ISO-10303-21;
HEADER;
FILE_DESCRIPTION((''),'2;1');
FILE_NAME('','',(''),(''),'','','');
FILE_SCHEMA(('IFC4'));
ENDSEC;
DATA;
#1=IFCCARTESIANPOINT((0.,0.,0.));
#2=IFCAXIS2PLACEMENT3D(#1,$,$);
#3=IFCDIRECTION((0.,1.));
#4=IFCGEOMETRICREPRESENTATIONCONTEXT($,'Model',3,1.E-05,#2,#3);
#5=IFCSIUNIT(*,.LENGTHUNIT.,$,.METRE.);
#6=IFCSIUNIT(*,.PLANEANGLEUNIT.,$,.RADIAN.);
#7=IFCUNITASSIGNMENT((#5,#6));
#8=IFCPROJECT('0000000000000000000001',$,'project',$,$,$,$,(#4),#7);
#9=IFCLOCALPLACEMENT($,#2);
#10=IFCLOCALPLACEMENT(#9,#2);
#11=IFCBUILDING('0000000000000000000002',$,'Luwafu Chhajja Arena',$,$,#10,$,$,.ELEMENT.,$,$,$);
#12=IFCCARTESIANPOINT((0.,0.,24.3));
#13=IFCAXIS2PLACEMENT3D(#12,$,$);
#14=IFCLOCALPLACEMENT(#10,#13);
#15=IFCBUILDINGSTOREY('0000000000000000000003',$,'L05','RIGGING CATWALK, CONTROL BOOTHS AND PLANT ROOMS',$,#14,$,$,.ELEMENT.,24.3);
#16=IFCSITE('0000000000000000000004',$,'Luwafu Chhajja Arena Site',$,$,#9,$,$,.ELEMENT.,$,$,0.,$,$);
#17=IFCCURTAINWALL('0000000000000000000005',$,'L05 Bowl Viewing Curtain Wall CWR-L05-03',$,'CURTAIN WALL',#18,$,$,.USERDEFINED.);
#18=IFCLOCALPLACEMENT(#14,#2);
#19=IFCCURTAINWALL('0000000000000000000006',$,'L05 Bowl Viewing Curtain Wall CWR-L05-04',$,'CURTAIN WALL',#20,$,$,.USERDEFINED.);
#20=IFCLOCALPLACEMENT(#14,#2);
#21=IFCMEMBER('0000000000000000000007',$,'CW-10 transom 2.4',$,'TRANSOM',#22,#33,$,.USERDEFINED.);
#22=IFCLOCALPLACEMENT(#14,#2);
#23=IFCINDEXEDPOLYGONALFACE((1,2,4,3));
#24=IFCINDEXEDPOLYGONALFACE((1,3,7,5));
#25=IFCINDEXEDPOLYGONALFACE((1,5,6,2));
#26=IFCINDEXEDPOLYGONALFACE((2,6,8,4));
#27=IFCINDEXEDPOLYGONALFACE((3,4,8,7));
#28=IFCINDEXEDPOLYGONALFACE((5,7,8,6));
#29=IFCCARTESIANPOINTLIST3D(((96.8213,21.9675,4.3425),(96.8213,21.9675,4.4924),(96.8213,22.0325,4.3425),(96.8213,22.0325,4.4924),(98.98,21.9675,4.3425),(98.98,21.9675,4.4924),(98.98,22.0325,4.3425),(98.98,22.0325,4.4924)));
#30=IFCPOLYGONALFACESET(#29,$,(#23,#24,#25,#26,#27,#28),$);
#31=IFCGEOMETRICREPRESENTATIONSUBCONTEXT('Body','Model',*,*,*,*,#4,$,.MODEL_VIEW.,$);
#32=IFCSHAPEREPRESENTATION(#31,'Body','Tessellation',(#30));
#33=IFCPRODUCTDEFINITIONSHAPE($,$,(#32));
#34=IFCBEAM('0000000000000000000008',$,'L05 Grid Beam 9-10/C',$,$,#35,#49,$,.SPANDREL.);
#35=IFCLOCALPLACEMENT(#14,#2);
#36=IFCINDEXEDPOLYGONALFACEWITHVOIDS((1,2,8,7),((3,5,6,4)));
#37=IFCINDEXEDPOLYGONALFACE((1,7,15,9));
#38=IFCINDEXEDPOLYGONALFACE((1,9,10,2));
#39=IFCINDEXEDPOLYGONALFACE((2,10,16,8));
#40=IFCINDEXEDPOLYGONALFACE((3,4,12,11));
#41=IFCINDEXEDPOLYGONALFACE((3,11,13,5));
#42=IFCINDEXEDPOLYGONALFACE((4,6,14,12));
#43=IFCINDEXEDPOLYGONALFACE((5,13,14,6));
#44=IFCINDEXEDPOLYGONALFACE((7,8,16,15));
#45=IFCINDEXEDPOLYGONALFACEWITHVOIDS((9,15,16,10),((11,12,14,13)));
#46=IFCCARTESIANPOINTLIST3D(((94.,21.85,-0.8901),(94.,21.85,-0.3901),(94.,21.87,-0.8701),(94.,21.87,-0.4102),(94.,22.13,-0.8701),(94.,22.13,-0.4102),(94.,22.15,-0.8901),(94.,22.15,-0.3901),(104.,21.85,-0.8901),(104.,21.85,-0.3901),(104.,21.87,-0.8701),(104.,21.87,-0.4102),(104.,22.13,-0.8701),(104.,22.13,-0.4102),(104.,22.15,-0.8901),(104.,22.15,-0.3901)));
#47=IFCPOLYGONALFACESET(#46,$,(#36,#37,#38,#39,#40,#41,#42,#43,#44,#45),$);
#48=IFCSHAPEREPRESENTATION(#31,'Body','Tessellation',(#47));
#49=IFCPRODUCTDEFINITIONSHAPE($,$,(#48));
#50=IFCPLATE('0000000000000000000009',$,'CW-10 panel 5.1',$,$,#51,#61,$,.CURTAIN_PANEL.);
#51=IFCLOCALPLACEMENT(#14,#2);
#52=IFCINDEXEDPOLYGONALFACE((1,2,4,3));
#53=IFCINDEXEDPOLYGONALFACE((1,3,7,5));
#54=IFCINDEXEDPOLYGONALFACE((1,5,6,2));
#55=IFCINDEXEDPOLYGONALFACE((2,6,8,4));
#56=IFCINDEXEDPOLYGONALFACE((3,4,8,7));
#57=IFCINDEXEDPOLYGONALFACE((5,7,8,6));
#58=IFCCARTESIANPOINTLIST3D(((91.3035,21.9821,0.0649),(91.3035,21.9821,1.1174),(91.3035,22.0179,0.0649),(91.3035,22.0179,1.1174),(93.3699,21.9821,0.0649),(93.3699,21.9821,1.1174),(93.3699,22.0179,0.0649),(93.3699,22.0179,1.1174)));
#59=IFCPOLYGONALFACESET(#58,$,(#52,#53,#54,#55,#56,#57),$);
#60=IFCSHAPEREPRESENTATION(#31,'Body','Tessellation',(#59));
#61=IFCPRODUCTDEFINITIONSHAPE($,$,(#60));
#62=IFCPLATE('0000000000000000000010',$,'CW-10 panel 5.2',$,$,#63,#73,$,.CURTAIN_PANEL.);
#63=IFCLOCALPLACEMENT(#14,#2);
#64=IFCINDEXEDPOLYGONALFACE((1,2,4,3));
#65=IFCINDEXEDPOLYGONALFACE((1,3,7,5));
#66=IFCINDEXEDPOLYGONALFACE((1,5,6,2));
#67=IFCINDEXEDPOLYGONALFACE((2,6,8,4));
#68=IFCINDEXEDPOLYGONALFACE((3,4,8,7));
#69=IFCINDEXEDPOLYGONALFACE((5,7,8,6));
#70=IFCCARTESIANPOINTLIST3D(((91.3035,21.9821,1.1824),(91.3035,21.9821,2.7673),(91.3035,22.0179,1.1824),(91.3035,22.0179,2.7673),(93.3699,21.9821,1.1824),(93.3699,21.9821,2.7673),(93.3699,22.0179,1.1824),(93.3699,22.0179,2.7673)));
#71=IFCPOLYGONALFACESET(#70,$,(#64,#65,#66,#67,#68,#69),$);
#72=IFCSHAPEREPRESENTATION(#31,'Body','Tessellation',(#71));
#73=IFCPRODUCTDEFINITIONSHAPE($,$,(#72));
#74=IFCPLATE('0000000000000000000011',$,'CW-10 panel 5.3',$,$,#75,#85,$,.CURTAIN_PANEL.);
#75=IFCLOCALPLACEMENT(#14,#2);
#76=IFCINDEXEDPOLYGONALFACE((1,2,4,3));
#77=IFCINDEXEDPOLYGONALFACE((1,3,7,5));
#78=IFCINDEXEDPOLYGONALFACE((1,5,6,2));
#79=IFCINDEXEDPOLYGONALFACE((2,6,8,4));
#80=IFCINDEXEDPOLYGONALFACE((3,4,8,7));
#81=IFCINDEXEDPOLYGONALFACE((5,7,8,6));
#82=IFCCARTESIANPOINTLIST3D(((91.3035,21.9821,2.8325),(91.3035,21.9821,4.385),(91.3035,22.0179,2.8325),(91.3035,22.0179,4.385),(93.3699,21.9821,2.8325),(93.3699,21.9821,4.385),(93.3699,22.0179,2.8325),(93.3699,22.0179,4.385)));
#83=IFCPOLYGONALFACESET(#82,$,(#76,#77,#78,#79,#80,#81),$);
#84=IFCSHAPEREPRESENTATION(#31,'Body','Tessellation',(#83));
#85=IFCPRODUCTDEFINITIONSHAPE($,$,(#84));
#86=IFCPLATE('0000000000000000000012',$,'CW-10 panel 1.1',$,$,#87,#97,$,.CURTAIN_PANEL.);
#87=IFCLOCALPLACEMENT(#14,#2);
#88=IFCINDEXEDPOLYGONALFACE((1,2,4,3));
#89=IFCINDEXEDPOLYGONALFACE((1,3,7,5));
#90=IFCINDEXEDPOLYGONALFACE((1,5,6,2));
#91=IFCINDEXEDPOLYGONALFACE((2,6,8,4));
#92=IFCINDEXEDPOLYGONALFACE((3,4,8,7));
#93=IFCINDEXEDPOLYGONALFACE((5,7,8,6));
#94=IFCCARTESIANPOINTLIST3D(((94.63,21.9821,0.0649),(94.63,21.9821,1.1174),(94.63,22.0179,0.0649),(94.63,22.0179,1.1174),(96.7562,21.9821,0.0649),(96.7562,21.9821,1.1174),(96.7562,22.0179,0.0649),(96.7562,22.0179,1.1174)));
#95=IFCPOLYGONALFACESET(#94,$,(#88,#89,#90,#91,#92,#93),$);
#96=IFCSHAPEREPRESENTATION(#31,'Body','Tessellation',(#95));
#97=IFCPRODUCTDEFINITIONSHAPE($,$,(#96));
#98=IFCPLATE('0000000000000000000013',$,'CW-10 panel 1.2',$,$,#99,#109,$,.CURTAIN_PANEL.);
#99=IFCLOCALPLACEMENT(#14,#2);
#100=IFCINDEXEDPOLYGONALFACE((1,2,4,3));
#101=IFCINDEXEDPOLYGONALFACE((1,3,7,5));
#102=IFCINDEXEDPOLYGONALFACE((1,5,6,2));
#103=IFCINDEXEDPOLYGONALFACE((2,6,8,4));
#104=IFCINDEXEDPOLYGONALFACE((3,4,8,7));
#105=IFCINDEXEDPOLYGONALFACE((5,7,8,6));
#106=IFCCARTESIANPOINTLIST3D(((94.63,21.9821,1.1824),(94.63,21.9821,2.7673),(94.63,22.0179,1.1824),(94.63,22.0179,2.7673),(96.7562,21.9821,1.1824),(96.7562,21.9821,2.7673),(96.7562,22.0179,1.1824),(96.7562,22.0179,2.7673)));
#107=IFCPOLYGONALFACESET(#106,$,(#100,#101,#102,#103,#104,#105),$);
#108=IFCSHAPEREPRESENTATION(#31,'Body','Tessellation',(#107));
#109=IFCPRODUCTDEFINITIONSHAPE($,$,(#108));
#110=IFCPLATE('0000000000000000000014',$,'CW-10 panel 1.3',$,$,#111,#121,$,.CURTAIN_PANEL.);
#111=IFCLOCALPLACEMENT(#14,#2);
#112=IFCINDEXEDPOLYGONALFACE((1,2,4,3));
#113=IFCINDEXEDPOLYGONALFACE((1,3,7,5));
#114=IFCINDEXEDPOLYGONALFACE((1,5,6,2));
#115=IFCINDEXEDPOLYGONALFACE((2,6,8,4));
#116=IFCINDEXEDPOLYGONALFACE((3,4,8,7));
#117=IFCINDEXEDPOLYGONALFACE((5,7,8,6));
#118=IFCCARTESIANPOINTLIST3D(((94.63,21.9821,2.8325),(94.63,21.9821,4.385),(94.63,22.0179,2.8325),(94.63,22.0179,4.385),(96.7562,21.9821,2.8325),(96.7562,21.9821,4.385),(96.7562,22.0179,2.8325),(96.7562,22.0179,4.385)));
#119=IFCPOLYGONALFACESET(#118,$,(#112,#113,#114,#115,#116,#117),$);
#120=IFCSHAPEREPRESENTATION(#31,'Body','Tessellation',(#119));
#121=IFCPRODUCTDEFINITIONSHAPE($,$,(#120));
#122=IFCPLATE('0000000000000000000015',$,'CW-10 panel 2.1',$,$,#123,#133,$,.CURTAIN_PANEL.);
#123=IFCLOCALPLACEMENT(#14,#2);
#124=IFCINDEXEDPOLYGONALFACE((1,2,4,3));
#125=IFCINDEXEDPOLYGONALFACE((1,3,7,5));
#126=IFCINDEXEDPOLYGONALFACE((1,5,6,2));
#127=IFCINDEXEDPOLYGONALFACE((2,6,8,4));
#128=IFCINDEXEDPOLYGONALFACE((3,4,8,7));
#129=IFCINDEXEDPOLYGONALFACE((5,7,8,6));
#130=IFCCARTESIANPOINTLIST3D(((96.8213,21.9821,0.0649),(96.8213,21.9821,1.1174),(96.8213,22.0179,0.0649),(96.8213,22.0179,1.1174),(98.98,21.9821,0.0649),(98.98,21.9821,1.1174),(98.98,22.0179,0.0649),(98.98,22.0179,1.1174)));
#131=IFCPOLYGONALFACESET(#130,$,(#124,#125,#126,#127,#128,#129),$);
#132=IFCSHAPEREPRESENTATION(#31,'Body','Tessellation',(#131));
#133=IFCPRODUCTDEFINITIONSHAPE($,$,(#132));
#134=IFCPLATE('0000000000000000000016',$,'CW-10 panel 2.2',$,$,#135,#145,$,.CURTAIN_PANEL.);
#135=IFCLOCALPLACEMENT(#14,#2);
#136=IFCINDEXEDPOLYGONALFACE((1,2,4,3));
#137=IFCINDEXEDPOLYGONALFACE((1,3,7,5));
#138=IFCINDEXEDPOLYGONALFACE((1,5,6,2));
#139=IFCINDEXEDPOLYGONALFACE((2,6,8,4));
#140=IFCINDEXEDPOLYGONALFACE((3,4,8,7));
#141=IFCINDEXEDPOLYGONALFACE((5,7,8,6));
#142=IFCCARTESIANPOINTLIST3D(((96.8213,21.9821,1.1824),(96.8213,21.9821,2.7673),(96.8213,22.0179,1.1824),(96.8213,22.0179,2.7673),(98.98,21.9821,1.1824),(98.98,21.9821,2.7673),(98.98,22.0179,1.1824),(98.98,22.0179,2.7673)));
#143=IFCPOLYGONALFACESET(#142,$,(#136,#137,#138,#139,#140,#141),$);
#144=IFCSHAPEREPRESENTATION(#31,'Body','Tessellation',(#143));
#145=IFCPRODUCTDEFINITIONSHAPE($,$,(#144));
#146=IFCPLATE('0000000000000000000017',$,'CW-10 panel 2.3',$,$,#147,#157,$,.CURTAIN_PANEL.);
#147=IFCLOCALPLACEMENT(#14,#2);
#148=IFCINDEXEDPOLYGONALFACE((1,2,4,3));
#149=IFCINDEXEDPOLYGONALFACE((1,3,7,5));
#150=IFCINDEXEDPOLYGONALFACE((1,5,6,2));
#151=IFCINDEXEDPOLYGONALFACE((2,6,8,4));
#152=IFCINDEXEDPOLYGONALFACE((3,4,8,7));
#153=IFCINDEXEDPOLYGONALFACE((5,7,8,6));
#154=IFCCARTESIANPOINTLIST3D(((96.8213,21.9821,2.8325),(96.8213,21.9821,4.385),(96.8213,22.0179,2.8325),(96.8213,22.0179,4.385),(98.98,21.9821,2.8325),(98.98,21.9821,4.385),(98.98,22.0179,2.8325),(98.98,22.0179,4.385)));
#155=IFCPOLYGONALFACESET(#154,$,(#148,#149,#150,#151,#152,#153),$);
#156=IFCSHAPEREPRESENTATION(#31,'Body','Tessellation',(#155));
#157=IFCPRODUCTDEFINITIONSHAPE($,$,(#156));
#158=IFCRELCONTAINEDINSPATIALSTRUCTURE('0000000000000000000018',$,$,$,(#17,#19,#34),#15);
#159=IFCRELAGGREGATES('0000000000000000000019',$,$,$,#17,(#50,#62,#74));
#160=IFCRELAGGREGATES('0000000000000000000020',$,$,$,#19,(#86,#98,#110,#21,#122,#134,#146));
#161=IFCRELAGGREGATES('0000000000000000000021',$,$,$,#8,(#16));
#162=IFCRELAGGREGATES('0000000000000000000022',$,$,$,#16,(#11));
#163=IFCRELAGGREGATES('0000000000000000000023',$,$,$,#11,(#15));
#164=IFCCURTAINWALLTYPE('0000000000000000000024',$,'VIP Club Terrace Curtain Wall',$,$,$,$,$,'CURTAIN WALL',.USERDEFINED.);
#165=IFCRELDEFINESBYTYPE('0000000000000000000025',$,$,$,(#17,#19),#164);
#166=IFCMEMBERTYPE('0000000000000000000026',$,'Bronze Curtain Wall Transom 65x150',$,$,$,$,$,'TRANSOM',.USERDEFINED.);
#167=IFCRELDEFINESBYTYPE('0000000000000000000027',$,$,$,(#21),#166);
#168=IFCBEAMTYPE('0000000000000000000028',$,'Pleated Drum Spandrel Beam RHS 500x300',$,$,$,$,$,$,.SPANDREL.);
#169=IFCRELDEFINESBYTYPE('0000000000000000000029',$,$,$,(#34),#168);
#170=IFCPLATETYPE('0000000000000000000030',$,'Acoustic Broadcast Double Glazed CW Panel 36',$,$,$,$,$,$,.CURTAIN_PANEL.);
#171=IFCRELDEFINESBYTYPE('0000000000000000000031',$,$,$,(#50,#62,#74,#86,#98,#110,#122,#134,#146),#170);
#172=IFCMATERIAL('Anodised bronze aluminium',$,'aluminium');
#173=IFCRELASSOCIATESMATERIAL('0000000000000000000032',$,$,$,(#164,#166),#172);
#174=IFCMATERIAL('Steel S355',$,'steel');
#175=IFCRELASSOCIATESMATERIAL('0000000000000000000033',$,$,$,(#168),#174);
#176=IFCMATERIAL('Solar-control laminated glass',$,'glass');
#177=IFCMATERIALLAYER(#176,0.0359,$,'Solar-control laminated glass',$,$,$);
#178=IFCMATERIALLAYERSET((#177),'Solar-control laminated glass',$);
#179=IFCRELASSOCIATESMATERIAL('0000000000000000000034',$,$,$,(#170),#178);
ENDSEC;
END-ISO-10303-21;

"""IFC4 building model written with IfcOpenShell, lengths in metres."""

from ifc_helpers import new_model, si_unit, direction, frame, origin, origin_2d, place, context, subcontext, project, spatial, rectangle, hollow_rectangle, extrude, material, layer, layer_set, material_profile, profile_set, type_object, element, aggregate, save


model = new_model("IFC4")

# Units and contexts
model_context = context("Model", 3, precision=1e-05, world=origin(), true_north=direction((0.0, 1.0)))
body_context = subcontext(model_context, "Body", "Model", "MODEL_VIEW")
ifc_project = project(units=[si_unit("LENGTHUNIT", "METRE"), si_unit("PLANEANGLEUNIT", "RADIAN")], contexts=[model_context])

# Site, building, storey
site_placement = place(None, origin())
site = spatial("IfcSite", under=ifc_project, at=site_placement, Name="Luwafu Chhajja Arena Site", CompositionType="ELEMENT", RefElevation=0.0)
building_placement = place(site_placement, origin())
building = spatial("IfcBuilding", under=site, at=building_placement, Name="Luwafu Chhajja Arena", CompositionType="ELEMENT")
storey_placement = place(building_placement, frame((0.0, 0.0, 24.3)))
storey = spatial("IfcBuildingStorey", under=building, at=storey_placement, Name="L05", Description="RIGGING CATWALK, CONTROL BOOTHS AND PLANT ROOMS", CompositionType="ELEMENT", Elevation=24.3)

# Curtain wall
ifc_material_1 = material(Name="Anodised bronze aluminium", Category="aluminium")
curtain_wall_type = type_object("IfcCurtainWallType", Name="VIP Club Terrace Curtain Wall", ElementType="CURTAIN WALL", PredefinedType="USERDEFINED", material=ifc_material_1)
curtain_wall_1_placement = place(storey_placement, origin())
curtain_wall_1 = element("IfcCurtainWall", 1, at=curtain_wall_1_placement, inside=storey, type_object=curtain_wall_type, Name="L05 Bowl Viewing Curtain Wall CWR-L05-03", ObjectType="CURTAIN WALL", PredefinedType="USERDEFINED")

# Curtain wall
curtain_wall_2_placement = place(storey_placement, origin())
curtain_wall_2 = element("IfcCurtainWall", 2, at=curtain_wall_2_placement, inside=storey, type_object=curtain_wall_type, Name="L05 Bowl Viewing Curtain Wall CWR-L05-04", ObjectType="CURTAIN WALL", PredefinedType="USERDEFINED")

# Member
ifc_material_profile_1 = material_profile(ifc_material_1, rectangle(XDim=0.0649, YDim=0.1499, at=origin_2d()), Name="CWT 65x150")
ifc_profile_set_1 = profile_set([ifc_material_profile_1], Name="Anodised bronze aluminium")
member_type_1 = type_object("IfcMemberType", Name="Bronze Curtain Wall Transom 65x150", ElementType="TRANSOM", PredefinedType="USERDEFINED", material=ifc_profile_set_1)
member_1_placement = place(storey_placement, frame((96.8213, 22.0, 4.4175), z_axis=(1.0, 0.0, 0.0), x_axis=(0.0, 1.0, 0.0)))
member_1 = element("IfcMember", 3, at=member_1_placement, type_object=member_type_1, Name="CW-10 transom 2.4", ObjectType="TRANSOM", PredefinedType="USERDEFINED", context=body_context, shape_type="SweptSolid", body=[
    extrude(rectangle(XDim=0.0649, YDim=0.1499, at=origin_2d()), origin(), (0.0, 0.0, 1.0), 2.1587),
])

# Beam
ifc_material_2 = material(Name="Steel S355", Category="steel")
ifc_material_profile_2 = material_profile(ifc_material_2, hollow_rectangle(XDim=0.3, YDim=0.5, WallThickness=0.02, at=origin_2d()), Name="RHS 500x300x20")
ifc_profile_set_2 = profile_set([ifc_material_profile_2], Name="Steel S355")
beam_type = type_object("IfcBeamType", Name="Pleated Drum Spandrel Beam RHS 500x300", PredefinedType="SPANDREL", material=ifc_profile_set_2)
beam_placement = place(storey_placement, frame((94.0, 22.0, -0.6401), z_axis=(1.0, 0.0, 0.0), x_axis=(0.0, 1.0, 0.0)))
element("IfcBeam", 4, at=beam_placement, inside=storey, type_object=beam_type, Name="L05 Grid Beam 9-10/C", PredefinedType="SPANDREL", context=body_context, shape_type="SweptSolid", body=[
    extrude(hollow_rectangle(XDim=0.3, YDim=0.5, WallThickness=0.02, at=origin_2d()), origin(), (0.0, 0.0, 1.0), 10.0),
])

# Plates
ifc_material_3 = material(Name="Solar-control laminated glass", Category="glass")
ifc_layer = layer(ifc_material_3, 0.0359, Name="Solar-control laminated glass")
ifc_layer_set = layer_set([ifc_layer], Name="Solar-control laminated glass")
plate_type = type_object("IfcPlateType", Name="Acoustic Broadcast Double Glazed CW Panel 36", PredefinedType="CURTAIN_PANEL", material=ifc_layer_set)
plate_1_placement = place(storey_placement, frame((92.3367, 22.0, 0.0649), z_axis=(0.0, 0.0, 1.0), x_axis=(1.0, 0.0, 0.0)))
plate_1 = element("IfcPlate", 5, at=plate_1_placement, type_object=plate_type, Name="CW-10 panel 5.1", PredefinedType="CURTAIN_PANEL", context=body_context, shape_type="SweptSolid", body=[
    extrude(rectangle(XDim=2.0664, YDim=0.0359, at=origin_2d()), origin(), (0.0, 0.0, 1.0), 1.0525),
])
plate_2_placement = place(storey_placement, frame((92.3367, 22.0, 1.1824), z_axis=(0.0, 0.0, 1.0), x_axis=(1.0, 0.0, 0.0)))
plate_2 = element("IfcPlate", 6, at=plate_2_placement, type_object=plate_type, Name="CW-10 panel 5.2", PredefinedType="CURTAIN_PANEL", context=body_context, shape_type="SweptSolid", body=[
    extrude(rectangle(XDim=2.0664, YDim=0.0359, at=origin_2d()), origin(), (0.0, 0.0, 1.0), 1.585),
])
plate_3_placement = place(storey_placement, frame((92.3367, 22.0, 2.8325), z_axis=(0.0, 0.0, 1.0), x_axis=(1.0, 0.0, 0.0)))
plate_3 = element("IfcPlate", 7, at=plate_3_placement, type_object=plate_type, Name="CW-10 panel 5.3", PredefinedType="CURTAIN_PANEL", context=body_context, shape_type="SweptSolid", body=[
    extrude(rectangle(XDim=2.0664, YDim=0.0359, at=origin_2d()), origin(), (0.0, 0.0, 1.0), 1.5525),
])
aggregate(curtain_wall_1, [plate_1, plate_2, plate_3])
plate_4_placement = place(storey_placement, frame((95.6931, 22.0, 0.0649), z_axis=(0.0, 0.0, 1.0), x_axis=(1.0, 0.0, 0.0)))
plate_4 = element("IfcPlate", 8, at=plate_4_placement, type_object=plate_type, Name="CW-10 panel 1.1", PredefinedType="CURTAIN_PANEL", context=body_context, shape_type="SweptSolid", body=[
    extrude(rectangle(XDim=2.1262, YDim=0.0359, at=origin_2d()), origin(), (0.0, 0.0, 1.0), 1.0525),
])
plate_5_placement = place(storey_placement, frame((95.6931, 22.0, 1.1824), z_axis=(0.0, 0.0, 1.0), x_axis=(1.0, 0.0, 0.0)))
plate_5 = element("IfcPlate", 9, at=plate_5_placement, type_object=plate_type, Name="CW-10 panel 1.2", PredefinedType="CURTAIN_PANEL", context=body_context, shape_type="SweptSolid", body=[
    extrude(rectangle(XDim=2.1262, YDim=0.0359, at=origin_2d()), origin(), (0.0, 0.0, 1.0), 1.585),
])
plate_6_placement = place(storey_placement, frame((95.6931, 22.0, 2.8325), z_axis=(0.0, 0.0, 1.0), x_axis=(1.0, 0.0, 0.0)))
plate_6 = element("IfcPlate", 10, at=plate_6_placement, type_object=plate_type, Name="CW-10 panel 1.3", PredefinedType="CURTAIN_PANEL", context=body_context, shape_type="SweptSolid", body=[
    extrude(rectangle(XDim=2.1262, YDim=0.0359, at=origin_2d()), origin(), (0.0, 0.0, 1.0), 1.5525),
])
plate_7_placement = place(storey_placement, frame((97.9006, 22.0, 0.0649), z_axis=(0.0, 0.0, 1.0), x_axis=(1.0, 0.0, 0.0)))
plate_7 = element("IfcPlate", 11, at=plate_7_placement, type_object=plate_type, Name="CW-10 panel 2.1", PredefinedType="CURTAIN_PANEL", context=body_context, shape_type="SweptSolid", body=[
    extrude(rectangle(XDim=2.1587, YDim=0.0359, at=origin_2d()), origin(), (0.0, 0.0, 1.0), 1.0525),
])
plate_8_placement = place(storey_placement, frame((97.9006, 22.0, 1.1824), z_axis=(0.0, 0.0, 1.0), x_axis=(1.0, 0.0, 0.0)))
plate_8 = element("IfcPlate", 12, at=plate_8_placement, type_object=plate_type, Name="CW-10 panel 2.2", PredefinedType="CURTAIN_PANEL", context=body_context, shape_type="SweptSolid", body=[
    extrude(rectangle(XDim=2.1587, YDim=0.0359, at=origin_2d()), origin(), (0.0, 0.0, 1.0), 1.585),
])
plate_9_placement = place(storey_placement, frame((97.9006, 22.0, 2.8325), z_axis=(0.0, 0.0, 1.0), x_axis=(1.0, 0.0, 0.0)))
plate_9 = element("IfcPlate", 13, at=plate_9_placement, type_object=plate_type, Name="CW-10 panel 2.3", PredefinedType="CURTAIN_PANEL", context=body_context, shape_type="SweptSolid", body=[
    extrude(rectangle(XDim=2.1587, YDim=0.0359, at=origin_2d()), origin(), (0.0, 0.0, 1.0), 1.5525),
])
aggregate(curtain_wall_2, [plate_4, plate_5, plate_6, member_1, plate_7, plate_8, plate_9])

save(model, "model.ifc")
